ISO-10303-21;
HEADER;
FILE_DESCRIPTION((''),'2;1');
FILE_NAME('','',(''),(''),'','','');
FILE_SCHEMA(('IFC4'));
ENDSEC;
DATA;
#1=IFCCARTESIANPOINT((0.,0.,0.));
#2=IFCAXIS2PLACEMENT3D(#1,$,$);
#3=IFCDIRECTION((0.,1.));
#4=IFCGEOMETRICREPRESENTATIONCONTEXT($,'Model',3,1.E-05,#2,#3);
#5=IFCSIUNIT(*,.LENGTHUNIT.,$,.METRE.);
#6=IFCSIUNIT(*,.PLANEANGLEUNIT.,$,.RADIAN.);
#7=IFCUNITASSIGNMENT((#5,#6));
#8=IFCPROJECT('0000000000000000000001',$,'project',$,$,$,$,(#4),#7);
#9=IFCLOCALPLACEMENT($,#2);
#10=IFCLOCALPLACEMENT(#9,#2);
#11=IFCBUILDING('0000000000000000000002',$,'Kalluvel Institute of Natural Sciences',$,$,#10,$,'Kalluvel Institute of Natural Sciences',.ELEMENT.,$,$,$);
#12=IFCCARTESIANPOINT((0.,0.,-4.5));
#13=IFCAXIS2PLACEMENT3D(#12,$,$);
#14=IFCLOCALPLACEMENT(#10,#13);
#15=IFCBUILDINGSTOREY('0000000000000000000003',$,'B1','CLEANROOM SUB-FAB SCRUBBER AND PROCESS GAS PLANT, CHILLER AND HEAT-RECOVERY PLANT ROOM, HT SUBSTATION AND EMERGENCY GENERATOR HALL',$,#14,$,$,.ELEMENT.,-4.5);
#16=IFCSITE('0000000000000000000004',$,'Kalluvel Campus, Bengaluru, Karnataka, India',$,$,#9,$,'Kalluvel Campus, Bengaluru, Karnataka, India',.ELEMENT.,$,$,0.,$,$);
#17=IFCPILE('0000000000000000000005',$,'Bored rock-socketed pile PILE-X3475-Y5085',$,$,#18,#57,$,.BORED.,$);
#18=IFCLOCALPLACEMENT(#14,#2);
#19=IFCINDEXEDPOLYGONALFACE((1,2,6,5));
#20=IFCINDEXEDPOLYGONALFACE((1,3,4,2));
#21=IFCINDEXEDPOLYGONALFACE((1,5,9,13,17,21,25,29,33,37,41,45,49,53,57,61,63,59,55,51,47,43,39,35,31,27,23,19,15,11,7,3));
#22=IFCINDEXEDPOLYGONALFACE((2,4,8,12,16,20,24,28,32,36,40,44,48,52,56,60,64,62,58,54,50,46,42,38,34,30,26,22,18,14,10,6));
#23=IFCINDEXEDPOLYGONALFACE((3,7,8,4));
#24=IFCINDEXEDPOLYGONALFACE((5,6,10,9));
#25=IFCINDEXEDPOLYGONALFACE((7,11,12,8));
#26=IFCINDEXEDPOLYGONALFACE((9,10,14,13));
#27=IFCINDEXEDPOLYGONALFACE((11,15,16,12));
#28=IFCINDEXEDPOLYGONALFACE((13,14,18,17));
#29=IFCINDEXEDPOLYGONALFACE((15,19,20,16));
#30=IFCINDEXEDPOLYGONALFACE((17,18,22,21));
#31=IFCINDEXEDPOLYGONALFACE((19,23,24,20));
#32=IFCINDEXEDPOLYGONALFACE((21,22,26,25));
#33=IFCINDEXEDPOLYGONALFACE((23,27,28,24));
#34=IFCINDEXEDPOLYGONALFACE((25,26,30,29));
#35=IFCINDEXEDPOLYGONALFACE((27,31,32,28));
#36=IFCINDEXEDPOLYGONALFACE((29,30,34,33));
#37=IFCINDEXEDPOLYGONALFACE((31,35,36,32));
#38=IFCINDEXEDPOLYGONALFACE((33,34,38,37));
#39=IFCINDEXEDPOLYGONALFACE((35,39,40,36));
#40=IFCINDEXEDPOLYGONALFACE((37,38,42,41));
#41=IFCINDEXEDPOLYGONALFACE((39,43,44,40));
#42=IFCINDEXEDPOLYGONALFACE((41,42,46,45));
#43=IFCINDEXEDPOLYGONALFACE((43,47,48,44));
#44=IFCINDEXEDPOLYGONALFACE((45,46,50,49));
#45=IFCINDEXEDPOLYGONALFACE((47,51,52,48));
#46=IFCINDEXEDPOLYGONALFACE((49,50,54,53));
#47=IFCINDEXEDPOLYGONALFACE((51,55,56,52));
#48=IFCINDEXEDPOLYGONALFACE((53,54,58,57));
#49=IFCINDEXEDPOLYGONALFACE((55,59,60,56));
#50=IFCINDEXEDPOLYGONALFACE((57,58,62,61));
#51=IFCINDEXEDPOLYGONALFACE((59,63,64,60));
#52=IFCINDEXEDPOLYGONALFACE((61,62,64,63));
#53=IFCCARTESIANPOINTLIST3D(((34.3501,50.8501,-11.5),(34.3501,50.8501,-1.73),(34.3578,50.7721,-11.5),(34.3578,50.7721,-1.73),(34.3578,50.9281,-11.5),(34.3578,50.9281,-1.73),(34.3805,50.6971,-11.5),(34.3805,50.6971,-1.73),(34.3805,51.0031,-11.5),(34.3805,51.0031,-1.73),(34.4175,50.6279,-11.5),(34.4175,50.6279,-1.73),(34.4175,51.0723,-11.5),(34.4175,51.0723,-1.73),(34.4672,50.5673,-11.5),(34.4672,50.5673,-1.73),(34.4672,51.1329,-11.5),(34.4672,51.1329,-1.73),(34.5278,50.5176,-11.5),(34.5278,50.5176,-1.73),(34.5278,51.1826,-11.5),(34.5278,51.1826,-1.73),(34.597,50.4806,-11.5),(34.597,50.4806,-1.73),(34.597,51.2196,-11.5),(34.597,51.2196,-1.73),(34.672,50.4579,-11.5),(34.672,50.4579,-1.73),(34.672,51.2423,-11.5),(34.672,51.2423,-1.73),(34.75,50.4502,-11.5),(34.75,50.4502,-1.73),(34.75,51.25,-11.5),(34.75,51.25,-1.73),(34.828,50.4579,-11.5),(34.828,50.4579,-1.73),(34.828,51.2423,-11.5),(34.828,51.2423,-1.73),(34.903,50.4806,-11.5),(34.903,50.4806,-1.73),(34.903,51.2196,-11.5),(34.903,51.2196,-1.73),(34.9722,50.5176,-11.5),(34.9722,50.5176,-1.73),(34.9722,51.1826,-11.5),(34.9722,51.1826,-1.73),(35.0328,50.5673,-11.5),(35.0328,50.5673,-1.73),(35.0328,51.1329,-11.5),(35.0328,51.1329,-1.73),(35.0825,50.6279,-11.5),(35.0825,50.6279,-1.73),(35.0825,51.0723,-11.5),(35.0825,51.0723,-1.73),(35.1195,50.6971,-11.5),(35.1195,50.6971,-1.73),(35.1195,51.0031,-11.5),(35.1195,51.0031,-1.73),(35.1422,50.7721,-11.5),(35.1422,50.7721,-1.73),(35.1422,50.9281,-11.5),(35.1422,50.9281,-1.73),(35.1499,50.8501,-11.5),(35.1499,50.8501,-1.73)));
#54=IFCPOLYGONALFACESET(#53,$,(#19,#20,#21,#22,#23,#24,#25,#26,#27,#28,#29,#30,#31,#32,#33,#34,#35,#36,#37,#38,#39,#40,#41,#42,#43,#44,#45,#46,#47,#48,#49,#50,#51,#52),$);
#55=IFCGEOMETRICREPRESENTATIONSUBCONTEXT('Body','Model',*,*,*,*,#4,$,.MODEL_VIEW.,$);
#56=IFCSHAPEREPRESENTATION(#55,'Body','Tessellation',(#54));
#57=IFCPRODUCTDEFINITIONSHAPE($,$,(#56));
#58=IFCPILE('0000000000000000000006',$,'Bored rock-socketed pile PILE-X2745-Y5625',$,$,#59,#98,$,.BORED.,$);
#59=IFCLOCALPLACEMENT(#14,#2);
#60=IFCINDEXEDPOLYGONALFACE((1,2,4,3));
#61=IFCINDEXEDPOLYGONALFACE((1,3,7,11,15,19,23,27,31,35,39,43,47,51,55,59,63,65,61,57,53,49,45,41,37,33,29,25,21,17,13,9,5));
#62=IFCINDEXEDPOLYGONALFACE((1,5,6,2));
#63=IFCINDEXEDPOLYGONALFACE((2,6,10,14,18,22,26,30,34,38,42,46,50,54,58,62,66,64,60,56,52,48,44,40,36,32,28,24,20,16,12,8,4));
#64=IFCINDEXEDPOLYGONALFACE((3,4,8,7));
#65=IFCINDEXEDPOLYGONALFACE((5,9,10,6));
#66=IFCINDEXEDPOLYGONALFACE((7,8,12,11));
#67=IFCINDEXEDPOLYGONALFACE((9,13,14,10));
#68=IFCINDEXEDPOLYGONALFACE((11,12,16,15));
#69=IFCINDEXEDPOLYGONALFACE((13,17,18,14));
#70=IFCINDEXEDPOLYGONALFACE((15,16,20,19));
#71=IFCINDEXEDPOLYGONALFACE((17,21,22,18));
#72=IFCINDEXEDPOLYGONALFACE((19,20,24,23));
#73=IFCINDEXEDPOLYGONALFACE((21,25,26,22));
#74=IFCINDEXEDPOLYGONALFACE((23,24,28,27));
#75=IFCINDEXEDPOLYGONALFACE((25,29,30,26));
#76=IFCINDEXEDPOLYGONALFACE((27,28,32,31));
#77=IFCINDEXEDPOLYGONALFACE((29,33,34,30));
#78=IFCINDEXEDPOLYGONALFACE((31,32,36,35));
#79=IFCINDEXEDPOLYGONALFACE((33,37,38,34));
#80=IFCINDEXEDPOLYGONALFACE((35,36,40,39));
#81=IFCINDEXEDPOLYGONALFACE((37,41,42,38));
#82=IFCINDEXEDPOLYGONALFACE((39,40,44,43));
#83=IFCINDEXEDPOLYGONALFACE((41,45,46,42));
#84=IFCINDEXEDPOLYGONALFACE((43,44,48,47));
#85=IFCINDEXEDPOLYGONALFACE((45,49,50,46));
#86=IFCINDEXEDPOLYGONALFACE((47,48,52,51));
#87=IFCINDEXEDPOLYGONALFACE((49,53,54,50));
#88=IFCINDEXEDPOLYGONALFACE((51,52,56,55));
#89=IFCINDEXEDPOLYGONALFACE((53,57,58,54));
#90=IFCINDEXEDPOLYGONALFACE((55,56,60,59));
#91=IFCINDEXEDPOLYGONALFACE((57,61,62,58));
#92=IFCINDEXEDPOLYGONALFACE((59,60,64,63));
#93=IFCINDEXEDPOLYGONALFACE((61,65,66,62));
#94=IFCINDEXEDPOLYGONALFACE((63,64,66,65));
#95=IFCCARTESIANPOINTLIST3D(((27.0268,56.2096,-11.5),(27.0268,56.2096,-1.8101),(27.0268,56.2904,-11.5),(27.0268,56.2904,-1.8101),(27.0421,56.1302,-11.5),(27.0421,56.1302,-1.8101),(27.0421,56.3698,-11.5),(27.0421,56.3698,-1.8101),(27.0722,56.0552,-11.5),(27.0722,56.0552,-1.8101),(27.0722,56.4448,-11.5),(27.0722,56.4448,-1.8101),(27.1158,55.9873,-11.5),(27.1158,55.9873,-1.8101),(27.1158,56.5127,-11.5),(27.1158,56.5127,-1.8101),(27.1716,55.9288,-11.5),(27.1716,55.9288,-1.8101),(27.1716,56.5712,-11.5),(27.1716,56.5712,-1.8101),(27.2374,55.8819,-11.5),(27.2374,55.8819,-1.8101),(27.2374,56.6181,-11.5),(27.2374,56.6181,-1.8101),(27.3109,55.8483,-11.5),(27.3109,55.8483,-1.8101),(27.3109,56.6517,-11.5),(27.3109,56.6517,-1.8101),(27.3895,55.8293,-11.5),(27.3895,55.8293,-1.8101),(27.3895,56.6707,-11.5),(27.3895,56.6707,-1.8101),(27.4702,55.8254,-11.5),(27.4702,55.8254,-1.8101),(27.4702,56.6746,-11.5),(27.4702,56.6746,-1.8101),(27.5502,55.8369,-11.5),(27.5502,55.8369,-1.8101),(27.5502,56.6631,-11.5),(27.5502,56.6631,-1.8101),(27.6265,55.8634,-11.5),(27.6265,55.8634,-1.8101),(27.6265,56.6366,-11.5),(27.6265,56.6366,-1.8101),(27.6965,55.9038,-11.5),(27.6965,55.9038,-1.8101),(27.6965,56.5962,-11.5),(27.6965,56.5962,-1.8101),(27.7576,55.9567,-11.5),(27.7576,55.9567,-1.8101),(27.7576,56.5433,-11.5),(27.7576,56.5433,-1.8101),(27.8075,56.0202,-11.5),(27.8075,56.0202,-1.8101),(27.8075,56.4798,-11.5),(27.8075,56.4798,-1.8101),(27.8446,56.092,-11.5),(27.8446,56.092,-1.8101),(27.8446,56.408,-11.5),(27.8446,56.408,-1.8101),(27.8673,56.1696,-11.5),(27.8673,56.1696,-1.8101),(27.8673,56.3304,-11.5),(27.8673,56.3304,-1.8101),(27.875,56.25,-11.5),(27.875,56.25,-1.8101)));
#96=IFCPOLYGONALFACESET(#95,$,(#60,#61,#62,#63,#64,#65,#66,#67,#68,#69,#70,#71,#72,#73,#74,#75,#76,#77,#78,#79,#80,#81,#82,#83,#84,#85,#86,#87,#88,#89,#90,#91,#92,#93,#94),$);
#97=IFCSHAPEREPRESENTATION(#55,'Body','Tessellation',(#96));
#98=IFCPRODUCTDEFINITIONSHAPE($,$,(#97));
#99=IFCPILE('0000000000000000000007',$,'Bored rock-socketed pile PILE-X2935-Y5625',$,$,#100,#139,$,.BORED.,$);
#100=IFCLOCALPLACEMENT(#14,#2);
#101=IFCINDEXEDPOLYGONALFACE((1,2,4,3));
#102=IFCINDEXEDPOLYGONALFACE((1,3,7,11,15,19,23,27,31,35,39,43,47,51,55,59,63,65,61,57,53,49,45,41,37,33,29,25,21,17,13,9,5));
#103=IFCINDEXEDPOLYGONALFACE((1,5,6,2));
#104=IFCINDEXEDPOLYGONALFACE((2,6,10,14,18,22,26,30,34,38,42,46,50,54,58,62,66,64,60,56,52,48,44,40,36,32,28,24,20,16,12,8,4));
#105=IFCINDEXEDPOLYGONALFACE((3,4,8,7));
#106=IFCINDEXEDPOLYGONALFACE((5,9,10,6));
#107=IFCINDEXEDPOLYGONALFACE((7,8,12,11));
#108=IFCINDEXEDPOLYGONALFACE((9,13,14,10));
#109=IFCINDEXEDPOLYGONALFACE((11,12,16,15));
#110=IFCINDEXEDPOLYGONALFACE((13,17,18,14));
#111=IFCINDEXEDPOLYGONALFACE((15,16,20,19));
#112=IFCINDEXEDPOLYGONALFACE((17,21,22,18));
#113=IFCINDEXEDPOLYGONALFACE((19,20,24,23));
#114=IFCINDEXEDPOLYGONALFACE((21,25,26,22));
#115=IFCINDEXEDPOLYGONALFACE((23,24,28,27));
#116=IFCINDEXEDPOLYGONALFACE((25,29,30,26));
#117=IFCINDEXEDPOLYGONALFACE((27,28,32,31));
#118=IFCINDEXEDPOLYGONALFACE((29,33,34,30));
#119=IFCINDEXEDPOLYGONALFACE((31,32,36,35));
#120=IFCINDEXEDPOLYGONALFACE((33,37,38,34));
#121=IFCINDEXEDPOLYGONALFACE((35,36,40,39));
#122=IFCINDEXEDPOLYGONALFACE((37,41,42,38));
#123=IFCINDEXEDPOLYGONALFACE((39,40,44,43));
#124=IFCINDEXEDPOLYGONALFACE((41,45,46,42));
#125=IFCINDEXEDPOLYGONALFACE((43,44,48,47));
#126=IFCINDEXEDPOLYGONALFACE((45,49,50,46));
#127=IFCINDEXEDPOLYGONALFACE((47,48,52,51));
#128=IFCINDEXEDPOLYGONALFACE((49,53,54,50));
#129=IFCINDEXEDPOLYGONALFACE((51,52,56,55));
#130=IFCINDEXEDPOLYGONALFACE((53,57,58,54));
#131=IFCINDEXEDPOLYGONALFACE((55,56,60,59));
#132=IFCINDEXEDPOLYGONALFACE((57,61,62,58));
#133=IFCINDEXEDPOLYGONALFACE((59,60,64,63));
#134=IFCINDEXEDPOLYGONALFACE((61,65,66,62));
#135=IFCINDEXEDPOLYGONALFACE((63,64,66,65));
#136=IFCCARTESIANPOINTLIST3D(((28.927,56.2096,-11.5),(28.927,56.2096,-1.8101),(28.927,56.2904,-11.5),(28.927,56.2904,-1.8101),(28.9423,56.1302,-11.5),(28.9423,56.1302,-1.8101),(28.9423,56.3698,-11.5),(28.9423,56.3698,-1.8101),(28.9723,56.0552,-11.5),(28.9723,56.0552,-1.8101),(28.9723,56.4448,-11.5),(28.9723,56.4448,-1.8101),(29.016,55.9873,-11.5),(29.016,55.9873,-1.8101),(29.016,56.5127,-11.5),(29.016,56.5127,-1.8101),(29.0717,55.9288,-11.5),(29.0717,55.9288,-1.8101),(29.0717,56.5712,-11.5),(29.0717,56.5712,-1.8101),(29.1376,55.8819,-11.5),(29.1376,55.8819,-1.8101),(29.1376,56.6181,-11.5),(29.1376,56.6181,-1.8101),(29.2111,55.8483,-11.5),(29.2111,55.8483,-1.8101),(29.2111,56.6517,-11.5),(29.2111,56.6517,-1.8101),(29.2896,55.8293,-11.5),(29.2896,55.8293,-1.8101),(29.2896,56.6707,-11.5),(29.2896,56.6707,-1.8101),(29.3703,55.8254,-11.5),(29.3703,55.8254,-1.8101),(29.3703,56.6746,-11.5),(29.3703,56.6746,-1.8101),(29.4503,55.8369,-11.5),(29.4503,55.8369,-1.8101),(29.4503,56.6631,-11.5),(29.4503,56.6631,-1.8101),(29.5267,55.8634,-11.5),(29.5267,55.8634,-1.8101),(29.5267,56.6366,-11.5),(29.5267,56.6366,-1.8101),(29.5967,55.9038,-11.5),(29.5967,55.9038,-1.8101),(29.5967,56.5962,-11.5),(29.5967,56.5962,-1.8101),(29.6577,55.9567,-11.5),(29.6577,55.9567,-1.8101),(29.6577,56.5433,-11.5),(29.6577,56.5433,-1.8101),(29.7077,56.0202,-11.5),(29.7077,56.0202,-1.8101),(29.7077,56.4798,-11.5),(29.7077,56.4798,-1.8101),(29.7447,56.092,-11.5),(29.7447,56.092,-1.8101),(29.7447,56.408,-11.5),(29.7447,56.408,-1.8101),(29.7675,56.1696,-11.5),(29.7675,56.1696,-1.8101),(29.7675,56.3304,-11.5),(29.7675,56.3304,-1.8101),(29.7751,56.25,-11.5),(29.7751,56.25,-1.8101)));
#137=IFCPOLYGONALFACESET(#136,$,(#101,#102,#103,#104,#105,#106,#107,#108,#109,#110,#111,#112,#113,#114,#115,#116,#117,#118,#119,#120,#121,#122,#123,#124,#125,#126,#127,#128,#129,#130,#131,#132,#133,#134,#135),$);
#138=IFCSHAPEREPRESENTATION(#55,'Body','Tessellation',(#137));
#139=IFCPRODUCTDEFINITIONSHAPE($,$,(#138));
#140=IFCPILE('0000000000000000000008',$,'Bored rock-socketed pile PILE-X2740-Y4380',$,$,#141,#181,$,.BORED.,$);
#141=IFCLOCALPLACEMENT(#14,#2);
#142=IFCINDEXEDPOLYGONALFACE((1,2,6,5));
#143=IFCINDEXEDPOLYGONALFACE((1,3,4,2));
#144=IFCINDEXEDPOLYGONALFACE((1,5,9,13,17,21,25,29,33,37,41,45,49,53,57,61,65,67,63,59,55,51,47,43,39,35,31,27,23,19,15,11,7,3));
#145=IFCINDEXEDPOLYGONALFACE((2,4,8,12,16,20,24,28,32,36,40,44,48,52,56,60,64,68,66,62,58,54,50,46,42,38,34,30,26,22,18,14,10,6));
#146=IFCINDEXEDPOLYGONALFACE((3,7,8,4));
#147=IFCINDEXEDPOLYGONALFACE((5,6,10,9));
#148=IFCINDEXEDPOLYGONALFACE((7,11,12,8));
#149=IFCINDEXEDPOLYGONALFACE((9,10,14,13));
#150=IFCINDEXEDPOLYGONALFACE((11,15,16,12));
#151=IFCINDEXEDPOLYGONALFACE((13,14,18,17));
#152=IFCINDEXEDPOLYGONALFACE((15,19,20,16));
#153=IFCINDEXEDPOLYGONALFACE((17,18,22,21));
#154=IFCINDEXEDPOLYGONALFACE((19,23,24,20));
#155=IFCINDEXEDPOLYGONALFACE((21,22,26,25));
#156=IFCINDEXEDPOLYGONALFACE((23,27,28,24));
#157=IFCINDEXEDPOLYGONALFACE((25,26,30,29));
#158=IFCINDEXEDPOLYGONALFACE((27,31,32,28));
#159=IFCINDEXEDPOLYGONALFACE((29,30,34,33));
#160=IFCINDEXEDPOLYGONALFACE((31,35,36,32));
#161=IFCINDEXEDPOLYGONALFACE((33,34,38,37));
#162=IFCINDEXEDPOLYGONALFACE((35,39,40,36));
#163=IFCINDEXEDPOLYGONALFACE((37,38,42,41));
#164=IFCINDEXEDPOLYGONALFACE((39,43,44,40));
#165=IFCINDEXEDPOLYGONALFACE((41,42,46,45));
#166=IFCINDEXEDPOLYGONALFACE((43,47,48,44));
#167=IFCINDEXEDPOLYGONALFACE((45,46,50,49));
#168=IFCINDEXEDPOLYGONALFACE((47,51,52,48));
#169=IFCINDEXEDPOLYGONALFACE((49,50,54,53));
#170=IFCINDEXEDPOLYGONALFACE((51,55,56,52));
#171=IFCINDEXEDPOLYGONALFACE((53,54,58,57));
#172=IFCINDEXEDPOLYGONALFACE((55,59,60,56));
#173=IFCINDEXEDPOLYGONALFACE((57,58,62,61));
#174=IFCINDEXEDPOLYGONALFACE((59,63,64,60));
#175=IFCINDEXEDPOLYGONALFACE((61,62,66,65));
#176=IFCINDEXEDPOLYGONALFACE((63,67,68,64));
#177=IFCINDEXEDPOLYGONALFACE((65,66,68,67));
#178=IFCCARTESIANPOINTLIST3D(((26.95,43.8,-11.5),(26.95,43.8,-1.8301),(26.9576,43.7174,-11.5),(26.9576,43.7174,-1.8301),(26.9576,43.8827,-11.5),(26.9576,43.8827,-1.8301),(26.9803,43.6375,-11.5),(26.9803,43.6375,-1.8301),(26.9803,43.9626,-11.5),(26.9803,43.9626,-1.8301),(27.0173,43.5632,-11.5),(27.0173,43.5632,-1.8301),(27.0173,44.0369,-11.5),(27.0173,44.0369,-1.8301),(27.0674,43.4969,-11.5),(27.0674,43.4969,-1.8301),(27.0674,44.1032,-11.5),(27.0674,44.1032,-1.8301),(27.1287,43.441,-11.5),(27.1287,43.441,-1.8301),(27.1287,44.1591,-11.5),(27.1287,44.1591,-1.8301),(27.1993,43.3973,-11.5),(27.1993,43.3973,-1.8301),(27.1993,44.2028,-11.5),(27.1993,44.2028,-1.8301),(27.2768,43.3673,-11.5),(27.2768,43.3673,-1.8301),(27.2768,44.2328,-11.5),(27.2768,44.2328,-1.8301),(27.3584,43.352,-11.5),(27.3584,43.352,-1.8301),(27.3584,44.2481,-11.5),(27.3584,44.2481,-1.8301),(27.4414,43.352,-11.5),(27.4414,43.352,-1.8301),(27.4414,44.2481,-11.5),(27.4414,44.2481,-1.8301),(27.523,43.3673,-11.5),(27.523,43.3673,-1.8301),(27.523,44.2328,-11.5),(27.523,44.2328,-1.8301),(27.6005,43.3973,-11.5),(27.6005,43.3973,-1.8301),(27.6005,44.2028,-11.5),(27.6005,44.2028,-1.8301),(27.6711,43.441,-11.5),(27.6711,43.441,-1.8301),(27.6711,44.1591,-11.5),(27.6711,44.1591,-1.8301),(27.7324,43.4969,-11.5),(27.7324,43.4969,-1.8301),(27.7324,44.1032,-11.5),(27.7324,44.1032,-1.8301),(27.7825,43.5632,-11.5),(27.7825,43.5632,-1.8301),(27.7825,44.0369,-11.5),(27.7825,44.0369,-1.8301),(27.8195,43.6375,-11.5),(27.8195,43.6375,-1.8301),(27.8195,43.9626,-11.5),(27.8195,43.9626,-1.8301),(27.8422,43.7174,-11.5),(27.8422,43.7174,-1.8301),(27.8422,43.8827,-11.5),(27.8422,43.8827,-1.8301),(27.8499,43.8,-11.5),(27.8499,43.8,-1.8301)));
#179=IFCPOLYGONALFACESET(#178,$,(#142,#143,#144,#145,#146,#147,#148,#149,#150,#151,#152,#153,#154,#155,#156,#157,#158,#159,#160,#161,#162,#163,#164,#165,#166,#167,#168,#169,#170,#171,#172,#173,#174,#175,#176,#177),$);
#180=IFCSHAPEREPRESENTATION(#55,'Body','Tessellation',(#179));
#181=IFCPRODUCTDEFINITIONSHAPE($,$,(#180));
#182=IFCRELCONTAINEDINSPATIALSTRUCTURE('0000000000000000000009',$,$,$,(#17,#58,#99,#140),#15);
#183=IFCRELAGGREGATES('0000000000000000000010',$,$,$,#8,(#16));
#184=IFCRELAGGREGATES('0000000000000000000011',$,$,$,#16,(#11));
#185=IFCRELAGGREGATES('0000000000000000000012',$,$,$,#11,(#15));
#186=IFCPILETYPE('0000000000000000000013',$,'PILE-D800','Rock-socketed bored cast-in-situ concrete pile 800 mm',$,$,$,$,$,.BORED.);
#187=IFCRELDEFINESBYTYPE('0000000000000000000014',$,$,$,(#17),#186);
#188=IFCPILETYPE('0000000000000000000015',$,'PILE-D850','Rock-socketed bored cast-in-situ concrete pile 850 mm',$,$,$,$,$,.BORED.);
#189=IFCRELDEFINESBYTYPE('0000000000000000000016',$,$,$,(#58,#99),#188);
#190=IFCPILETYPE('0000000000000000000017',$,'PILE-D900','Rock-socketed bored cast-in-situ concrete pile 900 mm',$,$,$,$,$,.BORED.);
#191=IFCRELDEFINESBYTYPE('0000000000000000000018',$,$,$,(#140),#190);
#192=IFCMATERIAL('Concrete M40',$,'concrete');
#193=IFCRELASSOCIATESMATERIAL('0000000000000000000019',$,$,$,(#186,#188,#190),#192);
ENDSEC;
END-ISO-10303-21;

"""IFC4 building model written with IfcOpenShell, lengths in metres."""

from ifc_helpers import new_model, si_unit, direction, frame, origin, origin_2d, place, context, subcontext, project, spatial, circle, extrude, material, material_profile, profile_set, type_object, element, save


model = new_model("IFC4")

# Units and contexts
model_context = context("Model", 3, precision=1e-05, world=origin(), true_north=direction((0.0, 1.0)))
body_context = subcontext(model_context, "Body", "Model", "MODEL_VIEW")
ifc_project = project(units=[si_unit("LENGTHUNIT", "METRE"), si_unit("PLANEANGLEUNIT", "RADIAN")], contexts=[model_context])

# Site, building, storey
site_placement = place(None, origin())
site = spatial("IfcSite", under=ifc_project, at=site_placement, Name="Kalluvel Campus, Bengaluru, Karnataka, India", LongName="Kalluvel Campus, Bengaluru, Karnataka, India", CompositionType="ELEMENT", RefElevation=0.0)
building_placement = place(site_placement, origin())
building = spatial("IfcBuilding", under=site, at=building_placement, Name="Kalluvel Institute of Natural Sciences", LongName="Kalluvel Institute of Natural Sciences", CompositionType="ELEMENT")
storey_placement = place(building_placement, frame((0.0, 0.0, -4.5)))
storey = spatial("IfcBuildingStorey", under=building, at=storey_placement, Name="B1", Description="CLEANROOM SUB-FAB SCRUBBER AND PROCESS GAS PLANT, CHILLER AND HEAT-RECOVERY PLANT ROOM, HT SUBSTATION AND EMERGENCY GENERATOR HALL", CompositionType="ELEMENT", Elevation=-4.5)

# Shared definitions
ifc_material_1 = material(Name="Concrete M40", Category="concrete")

# Piles
ifc_material_profile_1 = material_profile(ifc_material_1, circle(Radius=0.3999, at=origin_2d()), Name="PILE D800")
ifc_profile_set_1 = profile_set([ifc_material_profile_1], Name="Concrete M40")
pile_type_1 = type_object("IfcPileType", Name="PILE-D800", Description="Rock-socketed bored cast-in-situ concrete pile 800 mm", PredefinedType="BORED", material=ifc_profile_set_1)
for number, where, z_axis, x_axis, name in (
    (1, (34.75, 50.8501, -1.73), (0.0, 0.0, -1.0), (1.0, 0.0, 0.0), "Bored rock-socketed pile PILE-X3475-Y5085"),
):
    element("IfcPile", number, at=place(storey_placement, frame(where, z_axis=z_axis, x_axis=x_axis)), inside=storey, type_object=pile_type_1, Name=name, PredefinedType="BORED", context=body_context, shape_type="SweptSolid", body=[
        extrude(circle(Radius=0.3999, at=origin_2d()), origin(), (0.0, 0.0, 1.0), 9.77),
    ])
ifc_material_profile_2 = material_profile(ifc_material_1, circle(Radius=0.425, at=origin_2d()), Name="PILE D850")
ifc_profile_set_2 = profile_set([ifc_material_profile_2], Name="Concrete M40")
pile_type_2 = type_object("IfcPileType", Name="PILE-D850", Description="Rock-socketed bored cast-in-situ concrete pile 850 mm", PredefinedType="BORED", material=ifc_profile_set_2)
for number, where, z_axis, x_axis, name in (
    (2, (27.45, 56.25, -1.8101), (0.0, 0.0, -1.0), (1.0, 0.0, 0.0), "Bored rock-socketed pile PILE-X2745-Y5625"),
    (3, (29.3501, 56.25, -1.8101), (0.0, 0.0, -1.0), (1.0, 0.0, 0.0), "Bored rock-socketed pile PILE-X2935-Y5625"),
):
    element("IfcPile", number, at=place(storey_placement, frame(where, z_axis=z_axis, x_axis=x_axis)), inside=storey, type_object=pile_type_2, Name=name, PredefinedType="BORED", context=body_context, shape_type="SweptSolid", body=[
        extrude(circle(Radius=0.425, at=origin_2d()), origin(), (0.0, 0.0, 1.0), 9.6899),
    ])
ifc_material_profile_3 = material_profile(ifc_material_1, circle(Radius=0.45, at=origin_2d()), Name="PILE D900")
ifc_profile_set_3 = profile_set([ifc_material_profile_3], Name="Concrete M40")
pile_type_3 = type_object("IfcPileType", Name="PILE-D900", Description="Rock-socketed bored cast-in-situ concrete pile 900 mm", PredefinedType="BORED", material=ifc_profile_set_3)
for number, where, z_axis, x_axis, name in (
    (4, (27.3999, 43.8, -1.8301), (0.0, 0.0, -1.0), (1.0, 0.0, 0.0), "Bored rock-socketed pile PILE-X2740-Y4380"),
):
    element("IfcPile", number, at=place(storey_placement, frame(where, z_axis=z_axis, x_axis=x_axis)), inside=storey, type_object=pile_type_3, Name=name, PredefinedType="BORED", context=body_context, shape_type="SweptSolid", body=[
        extrude(circle(Radius=0.45, at=origin_2d()), origin(), (0.0, 0.0, 1.0), 9.6699),
    ])

save(model, "model.ifc")
